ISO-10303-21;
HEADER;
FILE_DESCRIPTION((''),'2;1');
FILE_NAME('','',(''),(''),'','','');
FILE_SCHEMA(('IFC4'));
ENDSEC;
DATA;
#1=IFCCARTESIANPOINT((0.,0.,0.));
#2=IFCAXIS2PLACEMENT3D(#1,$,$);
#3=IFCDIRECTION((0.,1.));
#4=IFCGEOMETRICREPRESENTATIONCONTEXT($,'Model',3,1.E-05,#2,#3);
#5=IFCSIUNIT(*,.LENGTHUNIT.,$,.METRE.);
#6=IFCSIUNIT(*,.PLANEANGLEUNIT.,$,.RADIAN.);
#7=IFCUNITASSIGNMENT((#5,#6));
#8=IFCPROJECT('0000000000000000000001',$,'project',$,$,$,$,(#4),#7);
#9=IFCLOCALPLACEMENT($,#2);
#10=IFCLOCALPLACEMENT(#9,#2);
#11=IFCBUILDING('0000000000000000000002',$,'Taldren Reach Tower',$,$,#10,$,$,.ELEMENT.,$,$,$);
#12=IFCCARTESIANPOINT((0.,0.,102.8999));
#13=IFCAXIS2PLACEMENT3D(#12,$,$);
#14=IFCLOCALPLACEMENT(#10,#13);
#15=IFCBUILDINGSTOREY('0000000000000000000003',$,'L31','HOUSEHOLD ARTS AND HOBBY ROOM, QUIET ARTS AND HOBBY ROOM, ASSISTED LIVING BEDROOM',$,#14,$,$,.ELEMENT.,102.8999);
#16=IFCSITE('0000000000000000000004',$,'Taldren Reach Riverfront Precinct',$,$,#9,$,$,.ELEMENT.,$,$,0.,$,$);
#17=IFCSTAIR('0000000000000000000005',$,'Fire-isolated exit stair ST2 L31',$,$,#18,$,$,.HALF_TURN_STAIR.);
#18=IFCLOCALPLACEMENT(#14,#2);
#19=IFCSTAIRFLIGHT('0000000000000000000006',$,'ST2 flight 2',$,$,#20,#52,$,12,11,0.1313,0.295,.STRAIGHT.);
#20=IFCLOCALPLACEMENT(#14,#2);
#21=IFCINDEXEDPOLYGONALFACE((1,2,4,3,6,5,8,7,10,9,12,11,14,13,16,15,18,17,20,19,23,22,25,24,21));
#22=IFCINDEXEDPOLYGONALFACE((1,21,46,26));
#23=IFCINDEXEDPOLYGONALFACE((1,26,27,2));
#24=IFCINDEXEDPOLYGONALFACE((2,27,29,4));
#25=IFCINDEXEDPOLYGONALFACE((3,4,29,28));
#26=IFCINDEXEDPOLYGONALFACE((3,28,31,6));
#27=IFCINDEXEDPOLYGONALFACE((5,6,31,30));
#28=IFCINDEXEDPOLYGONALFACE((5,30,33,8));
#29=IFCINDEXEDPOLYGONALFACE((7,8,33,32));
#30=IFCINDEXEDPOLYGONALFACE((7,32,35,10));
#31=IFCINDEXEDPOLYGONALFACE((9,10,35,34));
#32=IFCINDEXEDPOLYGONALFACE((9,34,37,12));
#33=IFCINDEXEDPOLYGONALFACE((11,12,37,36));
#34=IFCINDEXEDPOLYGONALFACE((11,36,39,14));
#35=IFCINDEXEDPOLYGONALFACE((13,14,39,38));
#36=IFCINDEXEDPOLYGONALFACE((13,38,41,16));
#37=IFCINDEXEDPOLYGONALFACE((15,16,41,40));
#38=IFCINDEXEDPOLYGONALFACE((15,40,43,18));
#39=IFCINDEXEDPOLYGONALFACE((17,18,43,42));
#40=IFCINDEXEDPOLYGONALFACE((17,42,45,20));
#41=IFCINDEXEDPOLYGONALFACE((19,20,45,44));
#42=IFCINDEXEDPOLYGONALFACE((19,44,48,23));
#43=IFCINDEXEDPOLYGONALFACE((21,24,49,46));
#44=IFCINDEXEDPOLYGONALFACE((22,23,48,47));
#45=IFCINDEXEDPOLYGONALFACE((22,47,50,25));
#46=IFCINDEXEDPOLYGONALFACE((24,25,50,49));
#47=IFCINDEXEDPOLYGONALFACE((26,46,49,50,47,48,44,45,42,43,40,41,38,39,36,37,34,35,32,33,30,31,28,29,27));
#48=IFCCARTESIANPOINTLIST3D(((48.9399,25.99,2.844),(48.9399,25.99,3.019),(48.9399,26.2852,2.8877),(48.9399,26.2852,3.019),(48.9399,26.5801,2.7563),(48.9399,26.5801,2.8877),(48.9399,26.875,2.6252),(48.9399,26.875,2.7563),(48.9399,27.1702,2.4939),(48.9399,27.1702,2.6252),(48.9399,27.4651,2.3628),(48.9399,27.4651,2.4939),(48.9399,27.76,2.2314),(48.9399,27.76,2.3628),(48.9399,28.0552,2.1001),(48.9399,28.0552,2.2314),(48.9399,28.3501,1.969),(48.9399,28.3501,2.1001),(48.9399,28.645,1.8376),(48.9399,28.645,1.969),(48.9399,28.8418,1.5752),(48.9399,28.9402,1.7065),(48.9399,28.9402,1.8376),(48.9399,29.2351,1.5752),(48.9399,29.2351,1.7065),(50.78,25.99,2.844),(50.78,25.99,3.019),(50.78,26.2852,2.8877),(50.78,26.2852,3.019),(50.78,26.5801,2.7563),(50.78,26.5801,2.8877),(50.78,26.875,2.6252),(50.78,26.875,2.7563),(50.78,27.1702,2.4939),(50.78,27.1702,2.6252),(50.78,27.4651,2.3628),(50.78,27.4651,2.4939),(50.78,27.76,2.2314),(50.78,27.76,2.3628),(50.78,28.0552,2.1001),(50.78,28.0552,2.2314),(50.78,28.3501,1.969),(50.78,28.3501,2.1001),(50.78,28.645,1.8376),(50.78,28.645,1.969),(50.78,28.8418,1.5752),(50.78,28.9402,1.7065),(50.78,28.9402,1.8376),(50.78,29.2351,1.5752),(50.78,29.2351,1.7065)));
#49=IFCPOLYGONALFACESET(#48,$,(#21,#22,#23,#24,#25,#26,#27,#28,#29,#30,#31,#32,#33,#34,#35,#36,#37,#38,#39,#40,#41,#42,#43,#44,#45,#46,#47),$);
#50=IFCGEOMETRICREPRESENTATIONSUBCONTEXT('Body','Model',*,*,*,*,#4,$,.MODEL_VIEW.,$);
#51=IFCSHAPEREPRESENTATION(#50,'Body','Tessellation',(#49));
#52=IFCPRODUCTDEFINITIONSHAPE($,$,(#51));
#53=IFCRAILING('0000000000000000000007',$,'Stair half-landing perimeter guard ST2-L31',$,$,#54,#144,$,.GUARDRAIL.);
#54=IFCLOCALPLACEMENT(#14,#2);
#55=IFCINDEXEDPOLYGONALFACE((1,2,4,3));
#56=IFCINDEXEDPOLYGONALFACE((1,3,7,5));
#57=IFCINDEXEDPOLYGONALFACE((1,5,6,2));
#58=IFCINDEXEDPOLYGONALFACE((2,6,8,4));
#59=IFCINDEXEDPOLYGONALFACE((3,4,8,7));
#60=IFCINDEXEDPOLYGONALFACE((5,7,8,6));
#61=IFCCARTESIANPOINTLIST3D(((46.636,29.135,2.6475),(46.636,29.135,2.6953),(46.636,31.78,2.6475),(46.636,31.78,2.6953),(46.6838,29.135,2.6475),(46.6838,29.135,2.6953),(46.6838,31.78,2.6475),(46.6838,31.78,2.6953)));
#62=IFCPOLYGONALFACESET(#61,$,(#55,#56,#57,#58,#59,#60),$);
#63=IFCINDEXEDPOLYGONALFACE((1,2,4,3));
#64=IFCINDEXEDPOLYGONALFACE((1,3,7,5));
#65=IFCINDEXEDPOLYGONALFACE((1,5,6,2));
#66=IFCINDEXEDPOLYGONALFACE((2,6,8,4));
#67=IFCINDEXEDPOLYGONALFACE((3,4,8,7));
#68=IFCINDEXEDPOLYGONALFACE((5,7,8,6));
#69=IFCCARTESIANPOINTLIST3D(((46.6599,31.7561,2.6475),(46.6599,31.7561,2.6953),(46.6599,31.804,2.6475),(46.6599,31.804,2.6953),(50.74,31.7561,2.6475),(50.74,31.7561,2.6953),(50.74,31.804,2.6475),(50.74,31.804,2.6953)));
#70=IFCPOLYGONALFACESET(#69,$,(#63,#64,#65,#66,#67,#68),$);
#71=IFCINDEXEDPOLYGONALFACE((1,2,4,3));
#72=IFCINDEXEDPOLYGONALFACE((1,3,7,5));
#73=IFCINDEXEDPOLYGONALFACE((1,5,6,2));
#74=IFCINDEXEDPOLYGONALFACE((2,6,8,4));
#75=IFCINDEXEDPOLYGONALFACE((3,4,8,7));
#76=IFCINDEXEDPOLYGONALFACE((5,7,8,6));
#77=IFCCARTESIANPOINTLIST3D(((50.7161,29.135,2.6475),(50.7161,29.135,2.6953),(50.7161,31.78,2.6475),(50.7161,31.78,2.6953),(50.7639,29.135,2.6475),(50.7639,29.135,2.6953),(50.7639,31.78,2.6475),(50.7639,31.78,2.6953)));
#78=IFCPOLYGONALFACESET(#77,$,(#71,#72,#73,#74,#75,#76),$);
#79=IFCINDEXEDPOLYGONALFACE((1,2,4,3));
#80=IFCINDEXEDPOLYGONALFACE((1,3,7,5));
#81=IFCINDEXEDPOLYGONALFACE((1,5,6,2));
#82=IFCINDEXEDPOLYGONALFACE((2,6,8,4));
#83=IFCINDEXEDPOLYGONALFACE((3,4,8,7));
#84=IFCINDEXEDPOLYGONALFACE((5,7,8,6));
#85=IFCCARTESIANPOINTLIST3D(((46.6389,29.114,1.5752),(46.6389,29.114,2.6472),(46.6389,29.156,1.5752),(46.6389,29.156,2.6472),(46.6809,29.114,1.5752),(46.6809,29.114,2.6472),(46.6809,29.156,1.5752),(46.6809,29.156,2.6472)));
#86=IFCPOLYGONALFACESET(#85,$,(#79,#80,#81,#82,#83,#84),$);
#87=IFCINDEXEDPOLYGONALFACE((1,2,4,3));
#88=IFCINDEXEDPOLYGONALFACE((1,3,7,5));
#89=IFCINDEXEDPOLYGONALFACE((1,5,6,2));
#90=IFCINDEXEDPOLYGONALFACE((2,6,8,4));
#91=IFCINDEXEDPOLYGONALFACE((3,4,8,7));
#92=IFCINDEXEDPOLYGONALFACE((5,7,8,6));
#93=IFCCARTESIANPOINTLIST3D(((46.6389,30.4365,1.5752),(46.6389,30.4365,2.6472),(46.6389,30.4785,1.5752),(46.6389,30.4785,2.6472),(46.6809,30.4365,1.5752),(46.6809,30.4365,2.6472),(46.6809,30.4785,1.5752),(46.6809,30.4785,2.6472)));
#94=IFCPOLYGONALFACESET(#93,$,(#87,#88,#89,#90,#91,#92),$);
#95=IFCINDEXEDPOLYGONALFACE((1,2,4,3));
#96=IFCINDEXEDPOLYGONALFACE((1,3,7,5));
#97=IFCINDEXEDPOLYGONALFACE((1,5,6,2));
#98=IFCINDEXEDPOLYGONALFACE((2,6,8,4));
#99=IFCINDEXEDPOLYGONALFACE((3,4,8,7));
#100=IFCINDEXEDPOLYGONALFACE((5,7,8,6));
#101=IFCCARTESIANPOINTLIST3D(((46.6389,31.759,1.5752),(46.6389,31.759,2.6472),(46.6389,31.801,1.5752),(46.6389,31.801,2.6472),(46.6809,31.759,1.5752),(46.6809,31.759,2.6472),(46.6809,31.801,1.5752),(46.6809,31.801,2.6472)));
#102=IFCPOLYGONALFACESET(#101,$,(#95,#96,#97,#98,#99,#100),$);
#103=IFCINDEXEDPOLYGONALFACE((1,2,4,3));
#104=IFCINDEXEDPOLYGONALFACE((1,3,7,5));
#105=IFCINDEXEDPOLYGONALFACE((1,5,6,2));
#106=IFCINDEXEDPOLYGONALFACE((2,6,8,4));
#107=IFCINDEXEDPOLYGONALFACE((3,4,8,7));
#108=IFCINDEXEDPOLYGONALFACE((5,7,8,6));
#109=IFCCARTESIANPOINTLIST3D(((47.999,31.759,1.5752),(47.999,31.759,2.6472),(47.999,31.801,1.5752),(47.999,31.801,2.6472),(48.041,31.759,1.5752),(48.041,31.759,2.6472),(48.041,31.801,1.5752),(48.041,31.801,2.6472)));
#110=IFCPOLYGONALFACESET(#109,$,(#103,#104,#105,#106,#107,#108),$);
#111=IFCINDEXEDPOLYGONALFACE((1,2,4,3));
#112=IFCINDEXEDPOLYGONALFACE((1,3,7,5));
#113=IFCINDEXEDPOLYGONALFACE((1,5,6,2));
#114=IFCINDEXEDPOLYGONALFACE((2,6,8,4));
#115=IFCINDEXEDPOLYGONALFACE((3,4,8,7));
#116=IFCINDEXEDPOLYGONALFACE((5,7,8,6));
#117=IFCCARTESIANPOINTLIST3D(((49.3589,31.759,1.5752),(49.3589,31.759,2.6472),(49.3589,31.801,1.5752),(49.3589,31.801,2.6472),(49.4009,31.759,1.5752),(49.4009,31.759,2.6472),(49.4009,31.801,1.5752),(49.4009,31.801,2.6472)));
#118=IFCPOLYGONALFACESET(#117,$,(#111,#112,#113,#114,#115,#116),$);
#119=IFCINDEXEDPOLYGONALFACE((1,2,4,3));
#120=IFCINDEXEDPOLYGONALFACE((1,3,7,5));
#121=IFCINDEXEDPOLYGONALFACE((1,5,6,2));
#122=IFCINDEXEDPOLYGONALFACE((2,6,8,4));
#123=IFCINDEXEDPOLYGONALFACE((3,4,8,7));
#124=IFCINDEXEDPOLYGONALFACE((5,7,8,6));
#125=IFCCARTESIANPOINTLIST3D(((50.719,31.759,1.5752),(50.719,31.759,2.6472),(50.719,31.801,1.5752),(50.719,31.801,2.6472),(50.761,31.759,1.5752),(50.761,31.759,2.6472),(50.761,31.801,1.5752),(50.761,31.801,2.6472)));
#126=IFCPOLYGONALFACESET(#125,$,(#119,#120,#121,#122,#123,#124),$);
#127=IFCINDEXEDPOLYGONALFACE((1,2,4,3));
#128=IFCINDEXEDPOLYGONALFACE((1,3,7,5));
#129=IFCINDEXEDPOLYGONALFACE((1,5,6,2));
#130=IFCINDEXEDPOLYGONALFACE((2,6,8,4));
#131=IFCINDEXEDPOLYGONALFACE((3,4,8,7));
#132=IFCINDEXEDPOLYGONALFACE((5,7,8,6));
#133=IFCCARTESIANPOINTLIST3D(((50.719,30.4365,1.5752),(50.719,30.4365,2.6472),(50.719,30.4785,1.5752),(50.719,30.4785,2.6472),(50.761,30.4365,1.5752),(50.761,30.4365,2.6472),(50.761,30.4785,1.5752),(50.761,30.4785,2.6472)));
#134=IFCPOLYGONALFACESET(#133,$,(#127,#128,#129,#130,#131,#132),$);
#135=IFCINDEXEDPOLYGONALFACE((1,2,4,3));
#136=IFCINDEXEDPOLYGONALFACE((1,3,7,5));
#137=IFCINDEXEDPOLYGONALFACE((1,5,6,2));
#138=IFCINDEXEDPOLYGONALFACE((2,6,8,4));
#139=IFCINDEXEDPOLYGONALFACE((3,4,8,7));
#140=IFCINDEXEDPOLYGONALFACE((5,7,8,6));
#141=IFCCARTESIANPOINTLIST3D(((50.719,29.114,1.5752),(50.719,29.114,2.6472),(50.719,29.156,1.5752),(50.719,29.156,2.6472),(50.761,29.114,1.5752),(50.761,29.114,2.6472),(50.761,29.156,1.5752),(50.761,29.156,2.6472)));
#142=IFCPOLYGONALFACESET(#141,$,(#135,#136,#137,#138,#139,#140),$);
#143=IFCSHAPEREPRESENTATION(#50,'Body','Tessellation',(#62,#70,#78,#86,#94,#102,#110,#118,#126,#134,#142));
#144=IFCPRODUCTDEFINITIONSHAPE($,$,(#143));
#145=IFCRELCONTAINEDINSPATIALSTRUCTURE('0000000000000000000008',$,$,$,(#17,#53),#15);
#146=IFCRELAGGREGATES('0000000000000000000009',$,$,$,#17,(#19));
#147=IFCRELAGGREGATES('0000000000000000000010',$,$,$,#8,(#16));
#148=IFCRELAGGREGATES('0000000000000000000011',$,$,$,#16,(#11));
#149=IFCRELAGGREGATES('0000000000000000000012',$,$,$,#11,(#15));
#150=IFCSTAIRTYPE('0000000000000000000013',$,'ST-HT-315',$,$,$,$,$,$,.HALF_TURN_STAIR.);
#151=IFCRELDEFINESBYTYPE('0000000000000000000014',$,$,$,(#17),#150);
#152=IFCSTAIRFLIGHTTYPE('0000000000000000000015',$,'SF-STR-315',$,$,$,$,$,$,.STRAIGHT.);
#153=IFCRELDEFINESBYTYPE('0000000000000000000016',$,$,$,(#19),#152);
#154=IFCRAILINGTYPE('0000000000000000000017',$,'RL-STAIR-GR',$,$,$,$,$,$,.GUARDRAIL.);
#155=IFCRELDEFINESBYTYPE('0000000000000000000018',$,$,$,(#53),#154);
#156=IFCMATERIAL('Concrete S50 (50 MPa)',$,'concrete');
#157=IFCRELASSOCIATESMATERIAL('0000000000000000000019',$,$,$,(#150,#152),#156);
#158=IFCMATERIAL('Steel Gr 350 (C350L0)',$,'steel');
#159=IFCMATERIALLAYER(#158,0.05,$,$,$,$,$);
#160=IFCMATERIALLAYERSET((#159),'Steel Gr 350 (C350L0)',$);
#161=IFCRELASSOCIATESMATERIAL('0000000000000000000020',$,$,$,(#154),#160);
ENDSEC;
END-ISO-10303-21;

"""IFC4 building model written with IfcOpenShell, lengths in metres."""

from ifc_helpers import new_model, si_unit, direction, frame, origin, origin_2d, place, context, subcontext, project, spatial, polyline, rectangle, outline, extrude, material, layer, layer_set, type_object, element, aggregate, save


model = new_model("IFC4")

# Units and contexts
model_context = context("Model", 3, precision=1e-05, world=origin(), true_north=direction((0.0, 1.0)))
body_context = subcontext(model_context, "Body", "Model", "MODEL_VIEW")
ifc_project = project(units=[si_unit("LENGTHUNIT", "METRE"), si_unit("PLANEANGLEUNIT", "RADIAN")], contexts=[model_context])

# Site, building, storey
site_placement = place(None, origin())
site = spatial("IfcSite", under=ifc_project, at=site_placement, Name="Taldren Reach Riverfront Precinct", CompositionType="ELEMENT", RefElevation=0.0)
building_placement = place(site_placement, origin())
building = spatial("IfcBuilding", under=site, at=building_placement, Name="Taldren Reach Tower", CompositionType="ELEMENT")
storey_placement = place(building_placement, frame((0.0, 0.0, 102.8999)))
storey = spatial("IfcBuildingStorey", under=building, at=storey_placement, Name="L31", Description="HOUSEHOLD ARTS AND HOBBY ROOM, QUIET ARTS AND HOBBY ROOM, ASSISTED LIVING BEDROOM", CompositionType="ELEMENT", Elevation=102.8999)

# Shared definitions
ifc_material_1 = material(Name="Steel Gr 350 (C350L0)", Category="steel")

# Shared definitions
ifc_material_2 = material(Name="Concrete S50 (50 MPa)", Category="concrete")

# Stair, stair flight
stair_type = type_object("IfcStairType", Name="ST-HT-315", PredefinedType="HALF_TURN_STAIR", material=ifc_material_2)
stair_placement = place(storey_placement, origin())
stair = element("IfcStair", 1, at=stair_placement, inside=storey, type_object=stair_type, Name="Fire-isolated exit stair ST2 L31", PredefinedType="HALF_TURN_STAIR")
stair_flight_type = type_object("IfcStairFlightType", Name="SF-STR-315", PredefinedType="STRAIGHT", material=ifc_material_2)
stair_flight_1_placement = place(storey_placement, frame((49.8601, 29.2351, 1.5752), z_axis=(0.0, 0.0, 1.0), x_axis=(0.0, -1.0, 0.0)))
stair_flight_1 = element("IfcStairFlight", 2, at=stair_flight_1_placement, type_object=stair_flight_type, Name="ST2 flight 2", NumberOfRisers=12, NumberOfTreads=11, PredefinedType="STRAIGHT", RiserHeight=0.1313, TreadLength=0.295, context=body_context, shape_type="SweptSolid", body=[
    extrude(outline(polyline([(0.0, 0.0), (0.0, 0.1313), (0.2949, 0.1313), (0.2949, 0.2625), (0.5901, 0.2625), (0.5901, 0.3938), (0.885, 0.3938), (0.885, 0.5249), (1.1799, 0.5249), (1.1799, 0.6562), (1.4751, 0.6562), (1.4751, 0.7876), (1.77, 0.7876), (1.77, 0.9187), (2.0649, 0.9187), (2.0649, 1.05), (2.3601, 1.05), (2.3601, 1.1812), (2.655, 1.1812), (2.655, 1.3125), (2.95, 1.3125), (2.95, 1.4438), (3.2451, 1.4438), (3.2451, 1.575), (3.2451, 1.2688), (0.3933, 0.0), (0.0, 0.0)])), frame((0.0, 0.9199, 0.0), z_axis=(0.0, -1.0, 0.0), x_axis=(1.0, 0.0, 0.0)), (0.0, 0.0, 1.0), 1.8401),
])
aggregate(stair, [stair_flight_1])

# Railing
ifc_layer_1 = layer(ifc_material_1, 0.05)
ifc_layer_set_1 = layer_set([ifc_layer_1], Name="Steel Gr 350 (C350L0)")
railing_type_1 = type_object("IfcRailingType", Name="RL-STAIR-GR", PredefinedType="GUARDRAIL", material=ifc_layer_set_1)
railing_1_placement = place(storey_placement, frame((46.6599, 29.135, 1.5752)))
element("IfcRailing", 3, at=railing_1_placement, inside=storey, type_object=railing_type_1, Name="Stair half-landing perimeter guard ST2-L31", PredefinedType="GUARDRAIL", context=body_context, shape_type="SweptSolid", body=[
    extrude(rectangle(XDim=0.0479, YDim=0.0479, at=origin_2d()), frame((0.0, 0.0, 1.0962), z_axis=(0.0, 1.0, 0.0), x_axis=(-1.0, 0.0, 0.0)), (0.0, 0.0, 1.0), 2.645),
    extrude(rectangle(XDim=0.0479, YDim=0.0479, at=origin_2d()), frame((0.0, 2.645, 1.0962), z_axis=(1.0, 0.0, 0.0), x_axis=(0.0, 1.0, 0.0)), (0.0, 0.0, 1.0), 4.0801),
    extrude(rectangle(XDim=0.0479, YDim=0.0479, at=origin_2d()), frame((4.0801, 2.645, 1.0962), z_axis=(0.0, -1.0, 0.0), x_axis=(1.0, 0.0, 0.0)), (0.0, 0.0, 1.0), 2.645),
    extrude(rectangle(XDim=0.042, YDim=0.042, at=origin_2d()), origin(), (0.0, 0.0, 1.0), 1.072),
    extrude(rectangle(XDim=0.042, YDim=0.042, at=origin_2d()), frame((0.0, 1.3225, 0.0)), (0.0, 0.0, 1.0), 1.072),
    extrude(rectangle(XDim=0.042, YDim=0.042, at=origin_2d()), frame((0.0, 2.645, 0.0)), (0.0, 0.0, 1.0), 1.072),
    extrude(rectangle(XDim=0.042, YDim=0.042, at=origin_2d()), frame((1.3601, 2.645, 0.0)), (0.0, 0.0, 1.0), 1.072),
    extrude(rectangle(XDim=0.042, YDim=0.042, at=origin_2d()), frame((2.72, 2.645, 0.0)), (0.0, 0.0, 1.0), 1.072),
    extrude(rectangle(XDim=0.042, YDim=0.042, at=origin_2d()), frame((4.0801, 2.645, 0.0)), (0.0, 0.0, 1.0), 1.072),
    extrude(rectangle(XDim=0.042, YDim=0.042, at=origin_2d()), frame((4.0801, 1.3225, 0.0)), (0.0, 0.0, 1.0), 1.072),
    extrude(rectangle(XDim=0.042, YDim=0.042, at=origin_2d()), frame((4.0801, 0.0, 0.0)), (0.0, 0.0, 1.0), 1.072),
])

save(model, "model.ifc")
